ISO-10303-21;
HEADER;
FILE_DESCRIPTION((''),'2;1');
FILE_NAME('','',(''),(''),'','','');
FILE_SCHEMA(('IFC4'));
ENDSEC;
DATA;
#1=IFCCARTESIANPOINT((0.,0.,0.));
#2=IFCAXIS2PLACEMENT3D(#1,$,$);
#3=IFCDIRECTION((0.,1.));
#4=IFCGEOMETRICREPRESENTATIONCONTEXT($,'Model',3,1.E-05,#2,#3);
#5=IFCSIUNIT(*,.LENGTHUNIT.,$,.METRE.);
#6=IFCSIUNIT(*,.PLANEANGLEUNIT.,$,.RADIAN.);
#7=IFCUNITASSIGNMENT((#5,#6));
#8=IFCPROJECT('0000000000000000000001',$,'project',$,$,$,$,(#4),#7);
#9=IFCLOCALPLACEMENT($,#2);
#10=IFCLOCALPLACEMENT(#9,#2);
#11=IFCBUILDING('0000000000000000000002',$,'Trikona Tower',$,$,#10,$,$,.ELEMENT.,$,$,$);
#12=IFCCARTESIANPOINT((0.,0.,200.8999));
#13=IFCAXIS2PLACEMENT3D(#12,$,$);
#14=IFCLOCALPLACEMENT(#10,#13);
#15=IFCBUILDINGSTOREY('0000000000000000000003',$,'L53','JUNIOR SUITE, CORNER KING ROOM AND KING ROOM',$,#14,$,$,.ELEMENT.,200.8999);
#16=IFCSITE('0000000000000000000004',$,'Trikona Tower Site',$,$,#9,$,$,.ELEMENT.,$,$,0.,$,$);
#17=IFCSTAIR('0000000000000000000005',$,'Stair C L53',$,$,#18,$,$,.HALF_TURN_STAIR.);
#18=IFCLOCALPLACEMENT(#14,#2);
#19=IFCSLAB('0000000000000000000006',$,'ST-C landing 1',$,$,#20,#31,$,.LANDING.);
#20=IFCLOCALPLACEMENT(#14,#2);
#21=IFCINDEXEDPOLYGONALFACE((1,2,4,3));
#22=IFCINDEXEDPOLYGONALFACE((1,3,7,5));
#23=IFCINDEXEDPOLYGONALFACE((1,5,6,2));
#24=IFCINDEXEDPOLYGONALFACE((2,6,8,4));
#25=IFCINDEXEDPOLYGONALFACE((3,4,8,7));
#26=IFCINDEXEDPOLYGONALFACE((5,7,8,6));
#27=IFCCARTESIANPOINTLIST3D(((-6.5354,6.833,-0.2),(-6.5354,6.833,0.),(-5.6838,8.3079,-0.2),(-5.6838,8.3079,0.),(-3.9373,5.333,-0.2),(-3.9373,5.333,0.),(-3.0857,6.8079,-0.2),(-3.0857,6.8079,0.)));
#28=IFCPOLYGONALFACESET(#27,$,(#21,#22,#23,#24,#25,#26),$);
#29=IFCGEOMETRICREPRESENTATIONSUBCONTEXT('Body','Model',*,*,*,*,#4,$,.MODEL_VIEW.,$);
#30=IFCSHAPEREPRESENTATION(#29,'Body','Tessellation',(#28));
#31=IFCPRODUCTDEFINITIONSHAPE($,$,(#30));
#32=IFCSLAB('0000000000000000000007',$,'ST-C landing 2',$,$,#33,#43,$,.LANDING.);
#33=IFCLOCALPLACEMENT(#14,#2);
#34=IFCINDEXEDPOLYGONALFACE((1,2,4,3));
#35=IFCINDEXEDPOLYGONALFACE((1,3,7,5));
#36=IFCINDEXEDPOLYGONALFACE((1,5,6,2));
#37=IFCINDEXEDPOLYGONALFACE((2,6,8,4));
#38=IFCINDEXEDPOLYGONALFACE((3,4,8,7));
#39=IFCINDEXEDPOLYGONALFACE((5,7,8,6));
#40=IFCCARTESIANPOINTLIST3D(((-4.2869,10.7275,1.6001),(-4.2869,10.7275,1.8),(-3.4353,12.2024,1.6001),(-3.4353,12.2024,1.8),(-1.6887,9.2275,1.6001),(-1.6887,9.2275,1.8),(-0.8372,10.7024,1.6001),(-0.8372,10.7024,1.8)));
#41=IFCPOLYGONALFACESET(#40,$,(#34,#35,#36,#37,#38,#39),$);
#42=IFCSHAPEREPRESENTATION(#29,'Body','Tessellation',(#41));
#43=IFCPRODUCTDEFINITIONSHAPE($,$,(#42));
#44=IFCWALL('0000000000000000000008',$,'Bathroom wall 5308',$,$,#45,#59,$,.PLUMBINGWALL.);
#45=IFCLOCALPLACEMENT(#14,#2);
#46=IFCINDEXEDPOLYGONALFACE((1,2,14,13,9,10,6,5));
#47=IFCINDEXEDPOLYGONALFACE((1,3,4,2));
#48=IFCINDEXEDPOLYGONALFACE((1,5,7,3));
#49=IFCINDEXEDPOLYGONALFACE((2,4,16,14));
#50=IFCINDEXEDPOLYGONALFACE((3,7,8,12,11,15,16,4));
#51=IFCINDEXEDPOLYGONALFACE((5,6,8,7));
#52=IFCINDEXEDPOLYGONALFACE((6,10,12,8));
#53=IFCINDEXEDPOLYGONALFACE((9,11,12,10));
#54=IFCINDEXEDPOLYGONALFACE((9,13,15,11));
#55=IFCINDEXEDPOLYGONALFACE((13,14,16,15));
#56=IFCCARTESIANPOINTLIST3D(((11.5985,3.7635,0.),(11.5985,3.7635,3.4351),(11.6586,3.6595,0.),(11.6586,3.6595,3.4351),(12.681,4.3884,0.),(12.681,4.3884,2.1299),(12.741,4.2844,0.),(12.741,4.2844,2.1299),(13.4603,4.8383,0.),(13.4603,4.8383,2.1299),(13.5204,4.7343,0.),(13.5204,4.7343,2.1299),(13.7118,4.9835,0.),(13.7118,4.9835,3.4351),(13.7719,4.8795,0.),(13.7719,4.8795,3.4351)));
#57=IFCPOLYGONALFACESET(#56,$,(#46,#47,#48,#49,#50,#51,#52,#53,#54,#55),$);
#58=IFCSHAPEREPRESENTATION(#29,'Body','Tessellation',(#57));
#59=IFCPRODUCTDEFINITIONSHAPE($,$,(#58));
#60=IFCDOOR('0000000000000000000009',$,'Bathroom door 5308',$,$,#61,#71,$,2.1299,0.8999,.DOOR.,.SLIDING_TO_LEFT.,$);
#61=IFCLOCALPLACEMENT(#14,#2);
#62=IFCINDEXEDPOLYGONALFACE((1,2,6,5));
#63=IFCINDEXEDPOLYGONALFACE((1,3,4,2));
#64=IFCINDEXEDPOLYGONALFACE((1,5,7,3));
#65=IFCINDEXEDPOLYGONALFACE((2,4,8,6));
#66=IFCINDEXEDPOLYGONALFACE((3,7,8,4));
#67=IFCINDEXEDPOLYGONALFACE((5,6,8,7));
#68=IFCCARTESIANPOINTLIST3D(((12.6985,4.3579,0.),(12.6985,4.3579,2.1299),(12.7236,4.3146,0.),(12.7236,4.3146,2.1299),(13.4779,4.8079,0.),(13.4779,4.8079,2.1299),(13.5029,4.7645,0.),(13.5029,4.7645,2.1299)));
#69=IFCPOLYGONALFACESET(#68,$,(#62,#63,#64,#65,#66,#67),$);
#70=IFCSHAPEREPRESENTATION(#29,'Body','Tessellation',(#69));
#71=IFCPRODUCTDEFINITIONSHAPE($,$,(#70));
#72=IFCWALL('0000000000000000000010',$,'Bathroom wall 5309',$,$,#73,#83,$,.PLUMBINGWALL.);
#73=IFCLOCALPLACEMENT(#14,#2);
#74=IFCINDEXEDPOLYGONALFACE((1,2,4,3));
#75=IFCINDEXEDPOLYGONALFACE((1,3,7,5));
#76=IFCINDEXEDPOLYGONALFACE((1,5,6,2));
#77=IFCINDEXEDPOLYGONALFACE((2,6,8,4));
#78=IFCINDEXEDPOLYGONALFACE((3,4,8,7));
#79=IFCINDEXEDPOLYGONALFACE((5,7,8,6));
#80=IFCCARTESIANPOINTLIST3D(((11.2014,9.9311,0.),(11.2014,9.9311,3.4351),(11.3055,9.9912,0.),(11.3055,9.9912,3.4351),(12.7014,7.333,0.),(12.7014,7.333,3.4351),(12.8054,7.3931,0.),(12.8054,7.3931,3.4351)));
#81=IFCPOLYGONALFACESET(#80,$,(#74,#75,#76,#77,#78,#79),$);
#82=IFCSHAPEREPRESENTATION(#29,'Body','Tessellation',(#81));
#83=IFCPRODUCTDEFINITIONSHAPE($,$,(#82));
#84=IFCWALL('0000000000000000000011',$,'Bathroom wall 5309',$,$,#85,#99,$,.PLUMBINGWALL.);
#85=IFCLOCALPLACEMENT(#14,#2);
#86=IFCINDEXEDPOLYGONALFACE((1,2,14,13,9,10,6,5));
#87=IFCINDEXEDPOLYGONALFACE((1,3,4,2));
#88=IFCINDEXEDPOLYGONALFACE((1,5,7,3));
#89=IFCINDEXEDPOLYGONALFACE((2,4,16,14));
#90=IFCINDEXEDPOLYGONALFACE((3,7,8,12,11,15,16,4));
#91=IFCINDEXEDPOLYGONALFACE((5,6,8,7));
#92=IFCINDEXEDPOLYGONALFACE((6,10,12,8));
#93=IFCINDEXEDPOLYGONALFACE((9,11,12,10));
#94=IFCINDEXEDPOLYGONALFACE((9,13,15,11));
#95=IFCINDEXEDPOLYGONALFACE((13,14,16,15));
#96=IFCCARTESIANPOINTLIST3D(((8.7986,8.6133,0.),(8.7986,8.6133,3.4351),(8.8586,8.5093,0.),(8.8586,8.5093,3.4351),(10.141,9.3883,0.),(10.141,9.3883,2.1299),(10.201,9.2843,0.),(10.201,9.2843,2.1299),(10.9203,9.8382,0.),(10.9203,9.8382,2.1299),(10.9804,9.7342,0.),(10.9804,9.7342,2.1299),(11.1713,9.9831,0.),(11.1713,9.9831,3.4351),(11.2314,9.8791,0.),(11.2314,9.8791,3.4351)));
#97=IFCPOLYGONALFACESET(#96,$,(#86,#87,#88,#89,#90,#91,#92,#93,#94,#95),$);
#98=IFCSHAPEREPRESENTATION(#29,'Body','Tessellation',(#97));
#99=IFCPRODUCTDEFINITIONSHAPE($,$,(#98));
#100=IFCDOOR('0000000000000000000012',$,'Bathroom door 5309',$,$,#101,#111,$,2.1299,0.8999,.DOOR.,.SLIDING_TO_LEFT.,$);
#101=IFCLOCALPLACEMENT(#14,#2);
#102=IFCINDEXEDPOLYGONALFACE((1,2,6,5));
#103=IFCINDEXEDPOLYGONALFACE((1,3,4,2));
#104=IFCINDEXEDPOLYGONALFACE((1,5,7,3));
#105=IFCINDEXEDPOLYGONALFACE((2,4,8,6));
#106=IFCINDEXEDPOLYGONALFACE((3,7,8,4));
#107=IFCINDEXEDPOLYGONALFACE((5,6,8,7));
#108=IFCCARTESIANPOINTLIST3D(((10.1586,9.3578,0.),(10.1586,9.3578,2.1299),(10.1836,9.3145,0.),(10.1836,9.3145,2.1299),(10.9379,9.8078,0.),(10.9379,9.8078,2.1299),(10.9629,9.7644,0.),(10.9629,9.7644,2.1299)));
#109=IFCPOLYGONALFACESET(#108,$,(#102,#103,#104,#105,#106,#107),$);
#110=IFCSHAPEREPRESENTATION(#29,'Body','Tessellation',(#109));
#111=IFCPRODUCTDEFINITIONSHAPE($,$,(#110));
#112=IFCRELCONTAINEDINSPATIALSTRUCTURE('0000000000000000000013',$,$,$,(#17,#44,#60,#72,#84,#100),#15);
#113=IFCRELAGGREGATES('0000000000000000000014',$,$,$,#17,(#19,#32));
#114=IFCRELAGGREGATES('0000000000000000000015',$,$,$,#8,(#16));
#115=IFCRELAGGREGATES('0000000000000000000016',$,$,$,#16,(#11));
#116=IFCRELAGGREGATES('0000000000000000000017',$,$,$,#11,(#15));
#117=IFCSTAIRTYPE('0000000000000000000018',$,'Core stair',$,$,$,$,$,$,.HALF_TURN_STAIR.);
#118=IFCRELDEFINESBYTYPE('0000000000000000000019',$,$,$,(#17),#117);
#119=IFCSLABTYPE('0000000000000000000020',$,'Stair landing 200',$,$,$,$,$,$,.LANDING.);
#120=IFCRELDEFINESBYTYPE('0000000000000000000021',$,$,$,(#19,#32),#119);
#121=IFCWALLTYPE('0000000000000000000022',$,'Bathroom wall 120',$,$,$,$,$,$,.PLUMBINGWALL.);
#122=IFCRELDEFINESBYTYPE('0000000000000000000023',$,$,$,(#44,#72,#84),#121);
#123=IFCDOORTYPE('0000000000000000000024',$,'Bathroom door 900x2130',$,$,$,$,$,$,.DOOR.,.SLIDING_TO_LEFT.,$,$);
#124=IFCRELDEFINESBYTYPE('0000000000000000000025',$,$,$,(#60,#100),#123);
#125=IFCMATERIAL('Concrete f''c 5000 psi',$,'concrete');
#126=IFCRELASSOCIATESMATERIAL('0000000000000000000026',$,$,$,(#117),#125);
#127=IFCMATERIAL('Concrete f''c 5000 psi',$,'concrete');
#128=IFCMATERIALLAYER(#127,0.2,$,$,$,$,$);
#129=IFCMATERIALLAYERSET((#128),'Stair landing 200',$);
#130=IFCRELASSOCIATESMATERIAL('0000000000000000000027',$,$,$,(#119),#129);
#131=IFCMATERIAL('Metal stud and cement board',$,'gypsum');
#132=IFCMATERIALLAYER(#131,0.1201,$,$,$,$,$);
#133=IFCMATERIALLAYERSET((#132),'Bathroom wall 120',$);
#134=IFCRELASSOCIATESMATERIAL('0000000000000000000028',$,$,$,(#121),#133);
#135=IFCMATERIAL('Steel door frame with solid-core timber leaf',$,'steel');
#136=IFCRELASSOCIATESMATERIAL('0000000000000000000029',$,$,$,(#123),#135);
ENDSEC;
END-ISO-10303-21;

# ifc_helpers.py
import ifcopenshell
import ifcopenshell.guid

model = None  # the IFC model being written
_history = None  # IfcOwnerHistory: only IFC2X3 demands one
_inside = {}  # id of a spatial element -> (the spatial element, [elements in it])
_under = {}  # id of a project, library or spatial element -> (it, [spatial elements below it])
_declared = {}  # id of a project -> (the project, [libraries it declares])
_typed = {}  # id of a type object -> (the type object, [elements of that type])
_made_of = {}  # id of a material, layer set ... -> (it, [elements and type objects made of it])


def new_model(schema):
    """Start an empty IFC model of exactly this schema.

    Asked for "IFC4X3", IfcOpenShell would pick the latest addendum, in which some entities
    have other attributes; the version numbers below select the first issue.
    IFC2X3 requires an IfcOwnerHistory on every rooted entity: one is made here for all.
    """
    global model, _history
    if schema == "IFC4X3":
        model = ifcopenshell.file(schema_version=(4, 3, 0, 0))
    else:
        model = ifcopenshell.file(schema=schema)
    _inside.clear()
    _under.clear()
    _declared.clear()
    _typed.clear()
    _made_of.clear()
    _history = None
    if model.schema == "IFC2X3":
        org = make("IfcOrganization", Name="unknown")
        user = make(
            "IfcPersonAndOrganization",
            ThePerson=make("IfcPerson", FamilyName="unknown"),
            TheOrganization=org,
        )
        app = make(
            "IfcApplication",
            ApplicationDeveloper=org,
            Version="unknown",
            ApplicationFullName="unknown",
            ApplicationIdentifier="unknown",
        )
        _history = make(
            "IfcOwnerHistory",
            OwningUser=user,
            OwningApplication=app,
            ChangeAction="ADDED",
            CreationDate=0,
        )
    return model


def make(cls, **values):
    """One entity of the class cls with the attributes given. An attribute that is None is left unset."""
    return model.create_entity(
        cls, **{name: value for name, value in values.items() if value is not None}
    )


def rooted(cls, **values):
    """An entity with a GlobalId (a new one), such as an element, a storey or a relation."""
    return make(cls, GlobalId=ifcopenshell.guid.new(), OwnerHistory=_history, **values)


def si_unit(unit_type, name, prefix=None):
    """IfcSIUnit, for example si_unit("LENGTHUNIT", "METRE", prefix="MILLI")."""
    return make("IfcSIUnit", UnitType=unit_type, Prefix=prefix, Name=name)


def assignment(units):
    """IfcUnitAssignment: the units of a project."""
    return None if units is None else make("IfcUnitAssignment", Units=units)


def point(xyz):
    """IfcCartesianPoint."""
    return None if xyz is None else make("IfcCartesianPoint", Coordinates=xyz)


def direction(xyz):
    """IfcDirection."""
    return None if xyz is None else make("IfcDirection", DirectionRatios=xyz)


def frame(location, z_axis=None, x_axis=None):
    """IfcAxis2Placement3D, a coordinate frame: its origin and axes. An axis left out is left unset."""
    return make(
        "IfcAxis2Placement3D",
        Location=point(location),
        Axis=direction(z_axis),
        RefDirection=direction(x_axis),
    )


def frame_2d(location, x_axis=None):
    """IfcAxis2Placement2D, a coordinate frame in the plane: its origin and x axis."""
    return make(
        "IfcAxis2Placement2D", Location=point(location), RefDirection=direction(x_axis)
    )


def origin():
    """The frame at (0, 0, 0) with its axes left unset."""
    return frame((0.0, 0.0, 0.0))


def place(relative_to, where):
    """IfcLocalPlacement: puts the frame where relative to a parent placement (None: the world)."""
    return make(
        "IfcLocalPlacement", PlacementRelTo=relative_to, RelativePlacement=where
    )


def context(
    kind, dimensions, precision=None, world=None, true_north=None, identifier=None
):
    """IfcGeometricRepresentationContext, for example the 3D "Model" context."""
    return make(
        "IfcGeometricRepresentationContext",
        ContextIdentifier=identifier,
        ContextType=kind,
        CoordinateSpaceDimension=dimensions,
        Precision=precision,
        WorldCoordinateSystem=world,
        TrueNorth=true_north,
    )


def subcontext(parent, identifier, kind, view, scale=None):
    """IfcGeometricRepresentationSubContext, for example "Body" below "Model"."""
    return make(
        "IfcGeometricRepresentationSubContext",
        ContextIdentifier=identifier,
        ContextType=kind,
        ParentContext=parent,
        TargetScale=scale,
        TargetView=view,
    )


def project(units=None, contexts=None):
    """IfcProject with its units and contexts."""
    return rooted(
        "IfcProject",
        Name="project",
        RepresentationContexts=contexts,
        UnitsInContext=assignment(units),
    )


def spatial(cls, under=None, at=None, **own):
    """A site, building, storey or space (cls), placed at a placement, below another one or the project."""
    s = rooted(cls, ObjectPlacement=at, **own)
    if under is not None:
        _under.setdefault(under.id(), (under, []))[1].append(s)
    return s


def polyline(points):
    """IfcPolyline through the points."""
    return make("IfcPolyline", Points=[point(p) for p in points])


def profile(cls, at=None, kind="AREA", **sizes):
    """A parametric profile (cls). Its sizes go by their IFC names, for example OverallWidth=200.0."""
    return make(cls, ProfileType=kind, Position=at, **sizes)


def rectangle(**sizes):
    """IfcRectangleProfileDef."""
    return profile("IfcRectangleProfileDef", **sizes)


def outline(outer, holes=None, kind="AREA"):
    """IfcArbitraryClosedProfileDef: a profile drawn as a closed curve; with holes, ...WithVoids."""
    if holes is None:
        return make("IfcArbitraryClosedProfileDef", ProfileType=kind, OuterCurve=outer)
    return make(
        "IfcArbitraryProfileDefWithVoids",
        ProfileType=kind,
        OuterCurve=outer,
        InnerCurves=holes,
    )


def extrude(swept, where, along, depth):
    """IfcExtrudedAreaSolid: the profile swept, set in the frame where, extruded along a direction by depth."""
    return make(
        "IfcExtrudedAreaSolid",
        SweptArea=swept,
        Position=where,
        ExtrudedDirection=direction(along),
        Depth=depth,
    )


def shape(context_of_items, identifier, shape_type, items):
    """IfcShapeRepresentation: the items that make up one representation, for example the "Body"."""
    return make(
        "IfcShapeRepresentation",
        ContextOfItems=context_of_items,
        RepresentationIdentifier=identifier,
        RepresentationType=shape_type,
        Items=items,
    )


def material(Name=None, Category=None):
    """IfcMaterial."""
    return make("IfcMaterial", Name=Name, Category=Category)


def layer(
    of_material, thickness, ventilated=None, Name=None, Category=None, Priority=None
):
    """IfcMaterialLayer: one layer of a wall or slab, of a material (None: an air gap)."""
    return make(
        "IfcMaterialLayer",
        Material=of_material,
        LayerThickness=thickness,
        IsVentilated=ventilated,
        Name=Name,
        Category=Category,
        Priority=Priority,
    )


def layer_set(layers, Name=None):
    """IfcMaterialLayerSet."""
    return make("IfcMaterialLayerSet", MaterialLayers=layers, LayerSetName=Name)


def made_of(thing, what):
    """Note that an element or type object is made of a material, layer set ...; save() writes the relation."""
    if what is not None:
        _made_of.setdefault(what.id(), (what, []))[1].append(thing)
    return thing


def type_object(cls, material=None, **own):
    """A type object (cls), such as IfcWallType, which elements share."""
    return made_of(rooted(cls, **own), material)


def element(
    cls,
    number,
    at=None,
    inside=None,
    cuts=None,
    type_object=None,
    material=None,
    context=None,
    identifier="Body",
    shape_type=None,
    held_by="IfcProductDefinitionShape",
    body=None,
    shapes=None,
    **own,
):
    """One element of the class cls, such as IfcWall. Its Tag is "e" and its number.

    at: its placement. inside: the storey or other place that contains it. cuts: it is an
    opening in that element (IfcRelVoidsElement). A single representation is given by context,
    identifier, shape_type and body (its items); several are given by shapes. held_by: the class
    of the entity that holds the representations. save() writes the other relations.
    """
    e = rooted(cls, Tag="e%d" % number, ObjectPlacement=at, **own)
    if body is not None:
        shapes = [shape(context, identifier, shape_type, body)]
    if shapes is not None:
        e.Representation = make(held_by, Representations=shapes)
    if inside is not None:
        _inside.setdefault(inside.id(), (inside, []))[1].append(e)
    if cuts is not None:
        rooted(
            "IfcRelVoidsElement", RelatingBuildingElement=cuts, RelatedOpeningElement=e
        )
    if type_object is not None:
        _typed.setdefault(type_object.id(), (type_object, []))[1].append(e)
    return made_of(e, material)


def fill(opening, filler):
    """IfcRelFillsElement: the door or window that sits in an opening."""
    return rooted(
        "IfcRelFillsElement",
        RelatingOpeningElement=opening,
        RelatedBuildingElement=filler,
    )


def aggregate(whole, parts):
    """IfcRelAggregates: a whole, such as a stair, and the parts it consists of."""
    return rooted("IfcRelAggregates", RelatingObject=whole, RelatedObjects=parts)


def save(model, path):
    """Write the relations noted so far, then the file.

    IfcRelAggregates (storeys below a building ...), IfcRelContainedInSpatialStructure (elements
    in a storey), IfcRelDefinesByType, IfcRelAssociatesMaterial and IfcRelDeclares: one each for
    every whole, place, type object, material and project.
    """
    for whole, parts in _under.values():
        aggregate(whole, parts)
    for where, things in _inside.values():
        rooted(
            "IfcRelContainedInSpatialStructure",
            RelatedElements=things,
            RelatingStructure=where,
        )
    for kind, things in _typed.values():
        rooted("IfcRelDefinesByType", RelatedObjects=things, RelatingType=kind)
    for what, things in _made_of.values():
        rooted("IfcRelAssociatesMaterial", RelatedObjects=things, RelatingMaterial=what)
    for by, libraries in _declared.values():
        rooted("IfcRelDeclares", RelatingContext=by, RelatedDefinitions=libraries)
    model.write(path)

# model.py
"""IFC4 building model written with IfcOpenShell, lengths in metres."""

from ifc_helpers import new_model, si_unit, direction, frame, frame_2d, origin, place, context, subcontext, project, spatial, polyline, rectangle, outline, extrude, material, layer, layer_set, type_object, element, fill, aggregate, save


model = new_model("IFC4")

# Units and contexts
model_context = context("Model", 3, precision=1e-05, world=origin(), true_north=direction((0.0, 1.0)))
body_context = subcontext(model_context, "Body", "Model", "MODEL_VIEW")
ifc_project = project(units=[si_unit("LENGTHUNIT", "METRE"), si_unit("PLANEANGLEUNIT", "RADIAN")], contexts=[model_context])

# Site, building, storey
site_placement = place(None, origin())
site = spatial("IfcSite", under=ifc_project, at=site_placement, Name="Trikona Tower Site", CompositionType="ELEMENT", RefElevation=0.0)
building_placement = place(site_placement, origin())
building = spatial("IfcBuilding", under=site, at=building_placement, Name="Trikona Tower", CompositionType="ELEMENT")
storey_placement = place(building_placement, frame((0.0, 0.0, 200.8999)))
storey = spatial("IfcBuildingStorey", under=building, at=storey_placement, Name="L53", Description="JUNIOR SUITE, CORNER KING ROOM AND KING ROOM", CompositionType="ELEMENT", Elevation=200.8999)

# Stair, slabs
ifc_material_1 = material(Name="Concrete f'c 5000 psi", Category="concrete")
stair_type = type_object("IfcStairType", Name="Core stair", PredefinedType="HALF_TURN_STAIR", material=ifc_material_1)
ifc_material_2 = material(Name="Concrete f'c 5000 psi", Category="concrete")
ifc_layer_1 = layer(ifc_material_2, 0.2)
ifc_layer_set_1 = layer_set([ifc_layer_1], Name="Stair landing 200")
slab_type_1 = type_object("IfcSlabType", Name="Stair landing 200", PredefinedType="LANDING", material=ifc_layer_set_1)
stair_1_placement = place(storey_placement, origin())
stair_1 = element("IfcStair", 1, at=stair_1_placement, inside=storey, type_object=stair_type, Name="Stair C L53", PredefinedType="HALF_TURN_STAIR")
slab_1_placement = place(storey_placement, frame((0.0, 0.0, -0.2)))
slab_1 = element("IfcSlab", 2, at=slab_1_placement, type_object=slab_type_1, Name="ST-C landing 1", PredefinedType="LANDING", context=body_context, shape_type="SweptSolid", body=[
    extrude(outline(polyline([(-3.0857, 6.8079), (-3.9373, 5.333), (-6.5354, 6.833), (-5.6838, 8.3079), (-3.0857, 6.8079)])), origin(), (0.0, 0.0, 1.0), 0.2),
])
slab_2_placement = place(storey_placement, frame((0.0, 0.0, 1.6001)))
slab_2 = element("IfcSlab", 3, at=slab_2_placement, type_object=slab_type_1, Name="ST-C landing 2", PredefinedType="LANDING", context=body_context, shape_type="SweptSolid", body=[
    extrude(outline(polyline([(-0.8372, 10.7024), (-1.6887, 9.2275), (-4.2869, 10.7275), (-3.4353, 12.2024), (-0.8372, 10.7024)])), origin(), (0.0, 0.0, 1.0), 0.2),
])
aggregate(stair_1, [slab_1, slab_2])

# Wall, opening, door
ifc_material_3 = material(Name="Metal stud and cement board", Category="gypsum")
ifc_layer_2 = layer(ifc_material_3, 0.1201)
ifc_layer_set_2 = layer_set([ifc_layer_2], Name="Bathroom wall 120")
wall_type_1 = type_object("IfcWallType", Name="Bathroom wall 120", PredefinedType="PLUMBINGWALL", material=ifc_layer_set_2)
wall_1_placement = place(storey_placement, frame((11.6284, 3.7114, 0.0), z_axis=(0.0, 0.0, 1.0), x_axis=(0.866049, 0.499959, 0.0)))
wall_1 = element("IfcWall", 4, at=wall_1_placement, inside=storey, type_object=wall_type_1, Name="Bathroom wall 5308", PredefinedType="PLUMBINGWALL", context=body_context, shape_type="SweptSolid", body=[
    extrude(rectangle(XDim=2.4402, YDim=0.1201, at=frame_2d((1.2202, 0.0))), origin(), (0.0, 0.0, 1.0), 3.4351),
])
opening_1_placement = place(wall_1_placement, frame((1.25, 0.0, 0.0)))
opening_1 = element("IfcOpeningElement", 5, at=opening_1_placement, cuts=wall_1, PredefinedType="OPENING", context=body_context, shape_type="SweptSolid", body=[
    extrude(rectangle(XDim=0.8999, YDim=2.1299, at=frame_2d((0.45, 1.0649))), frame((0.0, 0.0701, 0.0), z_axis=(0.0, -1.0, 0.0), x_axis=(1.0, 0.0, 0.0)), (0.0, 0.0, 1.0), 0.1401),
])
ifc_material_4 = material(Name="Steel door frame with solid-core timber leaf", Category="steel")
door_type_1 = type_object("IfcDoorType", Name="Bathroom door 900x2130", OperationType="SLIDING_TO_LEFT", PredefinedType="DOOR", material=ifc_material_4)
door_1_placement = place(opening_1_placement, origin())
door_1 = element("IfcDoor", 6, at=door_1_placement, inside=storey, type_object=door_type_1, Name="Bathroom door 5308", OperationType="SLIDING_TO_LEFT", OverallHeight=2.1299, OverallWidth=0.8999, PredefinedType="DOOR", context=body_context, shape_type="SweptSolid", body=[
    extrude(rectangle(XDim=0.8999, YDim=2.1299, at=frame_2d((0.45, 1.0649))), frame((0.0, 0.0249, 0.0), z_axis=(0.0, -1.0, 0.0), x_axis=(1.0, 0.0, 0.0)), (0.0, 0.0, 1.0), 0.05),
])
fill(opening_1, door_1)

# Wall
wall_2_placement = place(storey_placement, frame((12.7534, 7.363, 0.0), z_axis=(0.0, 0.0, 1.0), x_axis=(-0.49999, 0.866031, 0.0)))
element("IfcWall", 7, at=wall_2_placement, inside=storey, type_object=wall_type_1, Name="Bathroom wall 5309", PredefinedType="PLUMBINGWALL", context=body_context, shape_type="SweptSolid", body=[
    extrude(rectangle(XDim=3.0, YDim=0.1201, at=frame_2d((1.5, 0.0))), origin(), (0.0, 0.0, 1.0), 3.4351),
])

# Wall, opening, door
wall_3_placement = place(storey_placement, frame((8.8286, 8.5613, 0.0), z_axis=(0.0, 0.0, 1.0), x_axis=(0.866036, 0.499982, 0.0)))
wall_3 = element("IfcWall", 8, at=wall_3_placement, inside=storey, type_object=wall_type_1, Name="Bathroom wall 5309", PredefinedType="PLUMBINGWALL", context=body_context, shape_type="SweptSolid", body=[
    extrude(rectangle(XDim=2.7397, YDim=0.1201, at=frame_2d((1.3699, 0.0))), origin(), (0.0, 0.0, 1.0), 3.4351),
])
opening_2_placement = place(wall_3_placement, frame((1.55, 0.0, 0.0)))
opening_2 = element("IfcOpeningElement", 9, at=opening_2_placement, cuts=wall_3, PredefinedType="OPENING", context=body_context, shape_type="SweptSolid", body=[
    extrude(rectangle(XDim=0.8999, YDim=2.1299, at=frame_2d((0.45, 1.0649))), frame((0.0, 0.0701, 0.0), z_axis=(0.0, -1.0, 0.0), x_axis=(1.0, 0.0, 0.0)), (0.0, 0.0, 1.0), 0.1401),
])
door_2_placement = place(opening_2_placement, origin())
door_2 = element("IfcDoor", 10, at=door_2_placement, inside=storey, type_object=door_type_1, Name="Bathroom door 5309", OperationType="SLIDING_TO_LEFT", OverallHeight=2.1299, OverallWidth=0.8999, PredefinedType="DOOR", context=body_context, shape_type="SweptSolid", body=[
    extrude(rectangle(XDim=0.8999, YDim=2.1299, at=frame_2d((0.45, 1.0649))), frame((0.0, 0.0249, 0.0), z_axis=(0.0, -1.0, 0.0), x_axis=(1.0, 0.0, 0.0)), (0.0, 0.0, 1.0), 0.05),
])
fill(opening_2, door_2)

save(model, "model.ifc")
